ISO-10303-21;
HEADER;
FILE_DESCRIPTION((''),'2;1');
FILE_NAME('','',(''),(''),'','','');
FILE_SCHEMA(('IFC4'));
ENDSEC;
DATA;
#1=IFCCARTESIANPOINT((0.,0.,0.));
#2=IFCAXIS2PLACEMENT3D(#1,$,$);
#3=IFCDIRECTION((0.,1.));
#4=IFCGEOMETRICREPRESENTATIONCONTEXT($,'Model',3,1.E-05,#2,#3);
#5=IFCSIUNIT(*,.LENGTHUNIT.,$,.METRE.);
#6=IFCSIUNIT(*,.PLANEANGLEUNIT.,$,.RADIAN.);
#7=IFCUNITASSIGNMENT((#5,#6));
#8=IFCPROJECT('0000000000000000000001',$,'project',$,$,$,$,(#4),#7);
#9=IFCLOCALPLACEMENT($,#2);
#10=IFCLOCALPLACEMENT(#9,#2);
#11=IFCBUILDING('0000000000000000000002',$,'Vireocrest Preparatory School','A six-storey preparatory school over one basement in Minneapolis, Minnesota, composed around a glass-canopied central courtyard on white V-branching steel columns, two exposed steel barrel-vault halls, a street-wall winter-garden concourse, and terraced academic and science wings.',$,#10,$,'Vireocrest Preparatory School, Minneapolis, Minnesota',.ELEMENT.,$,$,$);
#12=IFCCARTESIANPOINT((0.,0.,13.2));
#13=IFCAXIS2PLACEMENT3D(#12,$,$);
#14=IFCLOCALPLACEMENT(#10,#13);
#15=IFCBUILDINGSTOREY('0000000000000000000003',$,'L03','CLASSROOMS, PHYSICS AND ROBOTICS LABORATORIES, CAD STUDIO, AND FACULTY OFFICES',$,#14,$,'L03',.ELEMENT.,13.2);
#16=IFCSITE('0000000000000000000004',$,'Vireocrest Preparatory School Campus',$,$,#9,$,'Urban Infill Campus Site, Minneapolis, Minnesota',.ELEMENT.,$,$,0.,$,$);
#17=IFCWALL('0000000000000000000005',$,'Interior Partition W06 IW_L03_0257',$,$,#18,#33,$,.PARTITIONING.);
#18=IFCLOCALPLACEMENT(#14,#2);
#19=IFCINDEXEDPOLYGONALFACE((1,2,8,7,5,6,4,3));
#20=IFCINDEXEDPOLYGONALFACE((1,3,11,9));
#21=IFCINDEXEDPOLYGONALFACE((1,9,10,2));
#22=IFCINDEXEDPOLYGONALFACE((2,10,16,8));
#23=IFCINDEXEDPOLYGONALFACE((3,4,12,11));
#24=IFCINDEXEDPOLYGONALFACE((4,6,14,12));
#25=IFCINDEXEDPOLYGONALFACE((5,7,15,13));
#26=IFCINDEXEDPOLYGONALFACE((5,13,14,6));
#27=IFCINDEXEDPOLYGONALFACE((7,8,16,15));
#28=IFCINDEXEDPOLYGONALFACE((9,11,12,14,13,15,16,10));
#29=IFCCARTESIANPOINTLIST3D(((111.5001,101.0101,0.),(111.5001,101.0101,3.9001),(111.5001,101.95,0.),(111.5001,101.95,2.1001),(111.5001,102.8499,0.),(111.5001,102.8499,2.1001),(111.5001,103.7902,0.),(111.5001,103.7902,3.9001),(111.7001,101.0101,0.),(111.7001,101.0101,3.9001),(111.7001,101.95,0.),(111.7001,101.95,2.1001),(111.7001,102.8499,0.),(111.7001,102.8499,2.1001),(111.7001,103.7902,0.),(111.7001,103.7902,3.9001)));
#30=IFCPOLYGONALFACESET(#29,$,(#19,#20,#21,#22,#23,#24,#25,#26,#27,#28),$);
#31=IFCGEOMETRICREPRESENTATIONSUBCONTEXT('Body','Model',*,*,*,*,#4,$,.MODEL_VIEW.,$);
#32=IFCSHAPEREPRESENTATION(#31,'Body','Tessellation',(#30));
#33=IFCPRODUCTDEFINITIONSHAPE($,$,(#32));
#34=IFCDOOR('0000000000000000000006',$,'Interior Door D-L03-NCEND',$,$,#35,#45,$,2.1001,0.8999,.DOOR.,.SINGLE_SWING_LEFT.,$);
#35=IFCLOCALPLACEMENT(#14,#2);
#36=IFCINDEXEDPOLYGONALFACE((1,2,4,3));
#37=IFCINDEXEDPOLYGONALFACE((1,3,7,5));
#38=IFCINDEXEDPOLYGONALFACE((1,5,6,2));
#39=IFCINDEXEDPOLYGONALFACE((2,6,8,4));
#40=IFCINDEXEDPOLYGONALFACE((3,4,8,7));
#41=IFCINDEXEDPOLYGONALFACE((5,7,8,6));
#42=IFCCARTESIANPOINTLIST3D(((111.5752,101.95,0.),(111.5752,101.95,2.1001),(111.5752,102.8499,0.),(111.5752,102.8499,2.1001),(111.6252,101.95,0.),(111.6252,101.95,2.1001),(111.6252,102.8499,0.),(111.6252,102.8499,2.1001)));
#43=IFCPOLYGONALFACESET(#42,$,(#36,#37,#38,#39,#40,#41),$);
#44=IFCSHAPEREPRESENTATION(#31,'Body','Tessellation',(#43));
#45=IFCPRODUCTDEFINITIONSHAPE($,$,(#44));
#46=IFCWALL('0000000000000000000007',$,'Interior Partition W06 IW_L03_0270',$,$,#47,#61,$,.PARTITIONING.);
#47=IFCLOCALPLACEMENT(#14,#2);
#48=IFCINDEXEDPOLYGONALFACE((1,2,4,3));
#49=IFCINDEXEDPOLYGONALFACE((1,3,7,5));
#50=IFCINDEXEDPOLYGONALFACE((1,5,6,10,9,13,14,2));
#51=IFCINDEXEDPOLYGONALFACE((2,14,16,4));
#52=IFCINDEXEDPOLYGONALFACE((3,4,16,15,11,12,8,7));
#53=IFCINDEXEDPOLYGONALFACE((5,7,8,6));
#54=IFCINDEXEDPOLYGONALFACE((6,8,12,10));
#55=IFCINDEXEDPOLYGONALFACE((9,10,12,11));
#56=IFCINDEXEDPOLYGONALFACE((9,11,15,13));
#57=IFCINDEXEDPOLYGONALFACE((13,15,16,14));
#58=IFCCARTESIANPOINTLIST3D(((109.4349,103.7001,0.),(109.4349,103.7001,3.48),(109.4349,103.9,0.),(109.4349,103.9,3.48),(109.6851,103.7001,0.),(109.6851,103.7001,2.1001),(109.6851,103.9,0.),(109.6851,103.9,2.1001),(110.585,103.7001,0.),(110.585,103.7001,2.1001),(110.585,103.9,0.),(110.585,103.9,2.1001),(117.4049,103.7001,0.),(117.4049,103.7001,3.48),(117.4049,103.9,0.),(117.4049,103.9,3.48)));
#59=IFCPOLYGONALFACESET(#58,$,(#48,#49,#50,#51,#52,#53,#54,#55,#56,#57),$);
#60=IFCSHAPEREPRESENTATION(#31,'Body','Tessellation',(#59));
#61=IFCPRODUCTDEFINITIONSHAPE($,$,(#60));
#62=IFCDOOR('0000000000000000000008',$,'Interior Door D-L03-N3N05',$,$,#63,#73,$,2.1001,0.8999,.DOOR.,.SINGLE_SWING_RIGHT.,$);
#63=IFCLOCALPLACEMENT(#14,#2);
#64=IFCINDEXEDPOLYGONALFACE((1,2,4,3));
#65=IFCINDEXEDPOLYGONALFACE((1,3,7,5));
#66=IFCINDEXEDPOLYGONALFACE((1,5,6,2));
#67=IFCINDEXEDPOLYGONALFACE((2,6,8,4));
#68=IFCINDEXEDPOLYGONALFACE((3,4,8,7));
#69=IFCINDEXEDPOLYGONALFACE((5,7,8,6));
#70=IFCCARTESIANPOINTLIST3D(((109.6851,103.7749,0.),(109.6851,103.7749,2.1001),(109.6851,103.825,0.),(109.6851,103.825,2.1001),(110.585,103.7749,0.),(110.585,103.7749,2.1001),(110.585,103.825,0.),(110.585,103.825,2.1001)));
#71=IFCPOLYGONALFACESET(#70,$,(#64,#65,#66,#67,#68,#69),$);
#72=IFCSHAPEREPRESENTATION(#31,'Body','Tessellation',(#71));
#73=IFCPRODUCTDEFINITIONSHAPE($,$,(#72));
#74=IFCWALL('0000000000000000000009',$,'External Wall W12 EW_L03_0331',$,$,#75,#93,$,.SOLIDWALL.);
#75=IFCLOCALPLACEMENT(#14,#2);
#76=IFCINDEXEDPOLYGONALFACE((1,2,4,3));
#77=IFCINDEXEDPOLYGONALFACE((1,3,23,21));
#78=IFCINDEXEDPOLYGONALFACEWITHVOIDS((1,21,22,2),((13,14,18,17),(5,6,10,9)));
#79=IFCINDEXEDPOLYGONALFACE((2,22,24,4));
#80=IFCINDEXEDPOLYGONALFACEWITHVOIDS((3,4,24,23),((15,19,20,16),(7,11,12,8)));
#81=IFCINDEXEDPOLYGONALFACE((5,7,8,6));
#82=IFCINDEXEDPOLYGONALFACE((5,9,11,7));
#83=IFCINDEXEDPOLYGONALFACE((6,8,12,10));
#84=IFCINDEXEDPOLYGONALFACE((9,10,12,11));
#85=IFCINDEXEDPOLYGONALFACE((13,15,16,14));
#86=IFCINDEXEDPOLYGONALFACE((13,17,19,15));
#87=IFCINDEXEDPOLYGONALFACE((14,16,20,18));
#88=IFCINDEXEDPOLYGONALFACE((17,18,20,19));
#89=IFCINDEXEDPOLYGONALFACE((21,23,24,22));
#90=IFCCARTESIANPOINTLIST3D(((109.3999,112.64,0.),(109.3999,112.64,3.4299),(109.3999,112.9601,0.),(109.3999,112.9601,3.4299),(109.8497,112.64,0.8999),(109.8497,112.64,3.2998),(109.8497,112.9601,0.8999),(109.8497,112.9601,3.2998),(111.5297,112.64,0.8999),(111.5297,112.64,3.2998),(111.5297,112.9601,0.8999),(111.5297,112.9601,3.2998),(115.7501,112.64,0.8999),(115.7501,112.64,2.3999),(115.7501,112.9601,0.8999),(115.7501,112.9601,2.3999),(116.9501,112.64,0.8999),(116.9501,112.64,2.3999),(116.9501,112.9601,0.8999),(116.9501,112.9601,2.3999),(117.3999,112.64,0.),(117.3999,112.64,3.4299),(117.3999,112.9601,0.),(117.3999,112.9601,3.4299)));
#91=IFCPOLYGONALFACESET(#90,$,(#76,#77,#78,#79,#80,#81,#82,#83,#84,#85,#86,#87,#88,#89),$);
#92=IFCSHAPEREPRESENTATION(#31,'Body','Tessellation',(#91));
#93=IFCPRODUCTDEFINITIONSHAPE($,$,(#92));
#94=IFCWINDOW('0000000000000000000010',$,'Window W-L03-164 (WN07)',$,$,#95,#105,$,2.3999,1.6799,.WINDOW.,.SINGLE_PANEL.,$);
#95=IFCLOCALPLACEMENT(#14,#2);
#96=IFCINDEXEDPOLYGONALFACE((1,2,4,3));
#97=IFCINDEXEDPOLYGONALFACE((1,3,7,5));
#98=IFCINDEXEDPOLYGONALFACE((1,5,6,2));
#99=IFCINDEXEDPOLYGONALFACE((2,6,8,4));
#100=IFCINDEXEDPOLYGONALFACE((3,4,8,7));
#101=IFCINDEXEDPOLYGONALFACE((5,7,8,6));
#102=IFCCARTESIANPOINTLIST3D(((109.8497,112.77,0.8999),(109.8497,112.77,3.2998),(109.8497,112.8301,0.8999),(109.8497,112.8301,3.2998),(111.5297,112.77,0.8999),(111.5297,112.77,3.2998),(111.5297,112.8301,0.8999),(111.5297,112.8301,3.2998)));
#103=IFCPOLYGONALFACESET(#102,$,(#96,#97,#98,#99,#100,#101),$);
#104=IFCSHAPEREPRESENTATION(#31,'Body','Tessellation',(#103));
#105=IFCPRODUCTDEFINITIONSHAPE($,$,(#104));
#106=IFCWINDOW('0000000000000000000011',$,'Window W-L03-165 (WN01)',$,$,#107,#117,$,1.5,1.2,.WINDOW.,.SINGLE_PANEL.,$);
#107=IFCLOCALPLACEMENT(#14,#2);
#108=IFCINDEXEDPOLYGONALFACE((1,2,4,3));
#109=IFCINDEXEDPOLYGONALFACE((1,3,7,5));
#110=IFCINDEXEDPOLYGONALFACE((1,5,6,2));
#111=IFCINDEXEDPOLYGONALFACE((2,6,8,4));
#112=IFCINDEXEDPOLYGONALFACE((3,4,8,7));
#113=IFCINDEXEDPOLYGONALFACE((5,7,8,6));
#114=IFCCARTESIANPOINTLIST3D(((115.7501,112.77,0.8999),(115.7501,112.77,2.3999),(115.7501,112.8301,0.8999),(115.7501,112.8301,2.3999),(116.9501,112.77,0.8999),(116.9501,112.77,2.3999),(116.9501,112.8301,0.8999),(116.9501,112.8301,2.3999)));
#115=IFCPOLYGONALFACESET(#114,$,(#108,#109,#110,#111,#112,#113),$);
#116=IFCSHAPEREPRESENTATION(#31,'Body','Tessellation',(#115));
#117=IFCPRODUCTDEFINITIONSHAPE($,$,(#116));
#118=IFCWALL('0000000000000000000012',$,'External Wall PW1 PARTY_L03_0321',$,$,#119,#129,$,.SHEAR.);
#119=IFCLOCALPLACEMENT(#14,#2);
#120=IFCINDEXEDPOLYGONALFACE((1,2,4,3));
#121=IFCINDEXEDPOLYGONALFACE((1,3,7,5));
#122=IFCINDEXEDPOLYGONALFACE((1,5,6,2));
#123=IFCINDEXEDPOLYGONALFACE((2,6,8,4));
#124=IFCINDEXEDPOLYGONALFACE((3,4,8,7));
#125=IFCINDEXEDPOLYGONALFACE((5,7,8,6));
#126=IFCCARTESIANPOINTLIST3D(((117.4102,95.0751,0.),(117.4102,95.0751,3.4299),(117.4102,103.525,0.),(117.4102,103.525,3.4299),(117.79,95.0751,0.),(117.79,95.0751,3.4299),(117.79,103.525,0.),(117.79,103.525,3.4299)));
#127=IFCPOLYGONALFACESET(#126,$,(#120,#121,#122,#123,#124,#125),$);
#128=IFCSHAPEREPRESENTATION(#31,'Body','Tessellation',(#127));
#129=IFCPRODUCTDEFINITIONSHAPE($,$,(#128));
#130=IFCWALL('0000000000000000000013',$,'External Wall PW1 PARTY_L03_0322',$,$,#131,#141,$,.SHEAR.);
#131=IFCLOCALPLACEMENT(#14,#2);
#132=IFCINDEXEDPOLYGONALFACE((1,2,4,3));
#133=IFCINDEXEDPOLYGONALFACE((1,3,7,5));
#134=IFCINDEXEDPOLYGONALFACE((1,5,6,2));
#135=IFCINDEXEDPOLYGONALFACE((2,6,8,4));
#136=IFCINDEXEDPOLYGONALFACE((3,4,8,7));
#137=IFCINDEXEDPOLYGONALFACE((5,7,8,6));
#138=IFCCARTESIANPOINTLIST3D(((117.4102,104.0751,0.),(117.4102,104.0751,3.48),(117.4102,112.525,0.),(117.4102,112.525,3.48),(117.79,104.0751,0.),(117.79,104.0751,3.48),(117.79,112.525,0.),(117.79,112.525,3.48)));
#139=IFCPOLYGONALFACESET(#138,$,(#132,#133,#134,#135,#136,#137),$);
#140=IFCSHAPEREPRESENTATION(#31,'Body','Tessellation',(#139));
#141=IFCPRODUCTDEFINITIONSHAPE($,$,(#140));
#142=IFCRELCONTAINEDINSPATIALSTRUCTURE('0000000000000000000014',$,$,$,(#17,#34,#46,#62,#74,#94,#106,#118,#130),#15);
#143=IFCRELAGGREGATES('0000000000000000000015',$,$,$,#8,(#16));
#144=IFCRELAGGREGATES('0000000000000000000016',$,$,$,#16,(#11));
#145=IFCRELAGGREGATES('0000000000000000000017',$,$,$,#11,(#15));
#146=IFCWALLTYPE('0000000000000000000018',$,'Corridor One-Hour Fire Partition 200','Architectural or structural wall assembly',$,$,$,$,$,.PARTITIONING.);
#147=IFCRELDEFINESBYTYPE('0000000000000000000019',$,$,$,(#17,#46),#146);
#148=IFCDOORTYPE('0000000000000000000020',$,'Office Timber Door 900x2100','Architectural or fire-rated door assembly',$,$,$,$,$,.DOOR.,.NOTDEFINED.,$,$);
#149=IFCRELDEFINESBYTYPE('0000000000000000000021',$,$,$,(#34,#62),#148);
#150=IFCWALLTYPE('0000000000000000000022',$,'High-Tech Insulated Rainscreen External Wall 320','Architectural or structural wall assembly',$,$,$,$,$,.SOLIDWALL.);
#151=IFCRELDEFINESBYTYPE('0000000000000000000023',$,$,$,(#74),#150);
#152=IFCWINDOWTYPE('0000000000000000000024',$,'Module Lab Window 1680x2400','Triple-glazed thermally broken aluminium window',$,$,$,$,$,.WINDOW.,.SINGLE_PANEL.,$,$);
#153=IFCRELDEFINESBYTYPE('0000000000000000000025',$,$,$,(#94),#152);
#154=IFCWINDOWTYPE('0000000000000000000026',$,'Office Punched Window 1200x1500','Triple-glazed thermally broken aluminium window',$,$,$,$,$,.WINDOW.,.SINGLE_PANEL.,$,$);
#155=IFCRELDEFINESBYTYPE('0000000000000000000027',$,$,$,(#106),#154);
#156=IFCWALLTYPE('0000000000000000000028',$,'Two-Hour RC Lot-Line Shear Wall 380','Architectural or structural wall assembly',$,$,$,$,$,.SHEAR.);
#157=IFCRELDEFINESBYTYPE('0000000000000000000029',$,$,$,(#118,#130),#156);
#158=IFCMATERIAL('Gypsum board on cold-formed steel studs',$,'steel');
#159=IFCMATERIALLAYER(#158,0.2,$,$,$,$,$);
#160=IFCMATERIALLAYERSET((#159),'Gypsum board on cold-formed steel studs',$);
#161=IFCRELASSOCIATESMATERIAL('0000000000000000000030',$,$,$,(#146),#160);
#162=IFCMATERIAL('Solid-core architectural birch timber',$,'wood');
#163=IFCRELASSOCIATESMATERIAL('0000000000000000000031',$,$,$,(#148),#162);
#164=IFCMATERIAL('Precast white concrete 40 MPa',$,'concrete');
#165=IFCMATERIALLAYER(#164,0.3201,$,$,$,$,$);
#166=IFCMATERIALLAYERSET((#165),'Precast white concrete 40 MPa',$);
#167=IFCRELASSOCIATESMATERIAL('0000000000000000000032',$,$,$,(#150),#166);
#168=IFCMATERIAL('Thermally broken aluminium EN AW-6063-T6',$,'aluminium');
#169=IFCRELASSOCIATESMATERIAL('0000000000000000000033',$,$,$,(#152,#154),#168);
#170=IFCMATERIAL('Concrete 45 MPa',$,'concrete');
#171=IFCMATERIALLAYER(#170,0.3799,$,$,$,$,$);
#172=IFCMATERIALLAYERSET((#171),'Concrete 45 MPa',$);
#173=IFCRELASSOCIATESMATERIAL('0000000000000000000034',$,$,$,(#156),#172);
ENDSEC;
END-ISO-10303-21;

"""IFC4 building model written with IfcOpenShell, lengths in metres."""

from ifc_helpers import new_model, si_unit, direction, frame, frame_2d, origin, place, context, subcontext, project, spatial, rectangle, extrude, material, layer, layer_set, type_object, element, fill, save


model = new_model("IFC4")

# Units and contexts
model_context = context("Model", 3, precision=1e-05, world=origin(), true_north=direction((0.0, 1.0)))
body_context = subcontext(model_context, "Body", "Model", "MODEL_VIEW")
ifc_project = project(units=[si_unit("LENGTHUNIT", "METRE"), si_unit("PLANEANGLEUNIT", "RADIAN")], contexts=[model_context])

# Site, building, storey
site_placement = place(None, origin())
site = spatial("IfcSite", under=ifc_project, at=site_placement, Name="Vireocrest Preparatory School Campus", LongName="Urban Infill Campus Site, Minneapolis, Minnesota", CompositionType="ELEMENT", RefElevation=0.0)
building_placement = place(site_placement, origin())
building = spatial("IfcBuilding", under=site, at=building_placement, Name="Vireocrest Preparatory School", Description="A six-storey preparatory school over one basement in Minneapolis, Minnesota, composed around a glass-canopied central courtyard on white V-branching steel columns, two exposed steel barrel-vault halls, a street-wall winter-garden concourse, and terraced academic and science wings.", LongName="Vireocrest Preparatory School, Minneapolis, Minnesota", CompositionType="ELEMENT")
storey_placement = place(building_placement, frame((0.0, 0.0, 13.2)))
storey = spatial("IfcBuildingStorey", under=building, at=storey_placement, Name="L03", Description="CLASSROOMS, PHYSICS AND ROBOTICS LABORATORIES, CAD STUDIO, AND FACULTY OFFICES", LongName="L03", CompositionType="ELEMENT", Elevation=13.2)

# Shared definitions
ifc_material_1 = material(Name="Concrete 45 MPa", Category="concrete")

# Shared definitions
ifc_material_2 = material(Name="Thermally broken aluminium EN AW-6063-T6", Category="aluminium")

# Walls, openings, doors
ifc_material_3 = material(Name="Gypsum board on cold-formed steel studs", Category="steel")
ifc_layer_1 = layer(ifc_material_3, 0.2)
ifc_layer_set_1 = layer_set([ifc_layer_1], Name="Gypsum board on cold-formed steel studs")
wall_type_1 = type_object("IfcWallType", Name="Corridor One-Hour Fire Partition 200", Description="Architectural or structural wall assembly", PredefinedType="PARTITIONING", material=ifc_layer_set_1)
wall_1_placement = place(storey_placement, frame((111.6001, 101.01, 0.0), z_axis=(0.0, 0.0, 1.0), x_axis=(0.0, 1.0, 0.0)))
wall_1 = element("IfcWall", 1, at=wall_1_placement, inside=storey, type_object=wall_type_1, Name="Interior Partition W06 IW_L03_0257", PredefinedType="PARTITIONING", context=body_context, shape_type="SweptSolid", body=[
    extrude(rectangle(XDim=2.78, YDim=0.2, at=frame_2d((1.3901, 0.0))), origin(), (0.0, 0.0, 1.0), 3.9001),
])
opening_1_placement = place(wall_1_placement, frame((0.9399, 0.0, 0.0)))
opening_1 = element("IfcOpeningElement", 2, at=opening_1_placement, cuts=wall_1, PredefinedType="OPENING", context=body_context, shape_type="SweptSolid", body=[
    extrude(rectangle(XDim=0.8999, YDim=2.1001, at=frame_2d((0.45, 1.05))), frame((0.0, 0.1099, 0.0), z_axis=(0.0, -1.0, 0.0), x_axis=(1.0, 0.0, 0.0)), (0.0, 0.0, 1.0), 0.22),
])
ifc_material_4 = material(Name="Solid-core architectural birch timber", Category="wood")
door_type = type_object("IfcDoorType", Name="Office Timber Door 900x2100", Description="Architectural or fire-rated door assembly", OperationType="NOTDEFINED", PredefinedType="DOOR", material=ifc_material_4)
door_1_placement = place(opening_1_placement, origin())
door_1 = element("IfcDoor", 3, at=door_1_placement, inside=storey, type_object=door_type, Name="Interior Door D-L03-NCEND", OperationType="SINGLE_SWING_LEFT", OverallHeight=2.1001, OverallWidth=0.8999, PredefinedType="DOOR", context=body_context, shape_type="SweptSolid", body=[
    extrude(rectangle(XDim=0.8999, YDim=2.1001, at=frame_2d((0.45, 1.05))), frame((0.0, 0.0249, 0.0), z_axis=(0.0, -1.0, 0.0), x_axis=(1.0, 0.0, 0.0)), (0.0, 0.0, 1.0), 0.05),
])
fill(opening_1, door_1)
wall_2_placement = place(storey_placement, frame((109.4351, 103.8, 0.0), z_axis=(0.0, 0.0, 1.0), x_axis=(1.0, 0.0, 0.0)))
wall_2 = element("IfcWall", 4, at=wall_2_placement, inside=storey, type_object=wall_type_1, Name="Interior Partition W06 IW_L03_0270", PredefinedType="PARTITIONING", context=body_context, shape_type="SweptSolid", body=[
    extrude(rectangle(XDim=7.97, YDim=0.2, at=frame_2d((3.9849, 0.0))), origin(), (0.0, 0.0, 1.0), 3.48),
])
opening_2_placement = place(wall_2_placement, frame((0.25, 0.0, 0.0)))
opening_2 = element("IfcOpeningElement", 5, at=opening_2_placement, cuts=wall_2, PredefinedType="OPENING", context=body_context, shape_type="SweptSolid", body=[
    extrude(rectangle(XDim=0.8999, YDim=2.1001, at=frame_2d((0.45, 1.05))), frame((0.0, 0.1099, 0.0), z_axis=(0.0, -1.0, 0.0), x_axis=(1.0, 0.0, 0.0)), (0.0, 0.0, 1.0), 0.22),
])
door_2_placement = place(opening_2_placement, origin())
door_2 = element("IfcDoor", 6, at=door_2_placement, inside=storey, type_object=door_type, Name="Interior Door D-L03-N3N05", OperationType="SINGLE_SWING_RIGHT", OverallHeight=2.1001, OverallWidth=0.8999, PredefinedType="DOOR", context=body_context, shape_type="SweptSolid", body=[
    extrude(rectangle(XDim=0.8999, YDim=2.1001, at=frame_2d((0.45, 1.05))), frame((0.0, 0.0249, 0.0), z_axis=(0.0, -1.0, 0.0), x_axis=(1.0, 0.0, 0.0)), (0.0, 0.0, 1.0), 0.05),
])
fill(opening_2, door_2)

# Wall, openings, windows
ifc_material_5 = material(Name="Precast white concrete 40 MPa", Category="concrete")
ifc_layer_2 = layer(ifc_material_5, 0.3201)
ifc_layer_set_2 = layer_set([ifc_layer_2], Name="Precast white concrete 40 MPa")
wall_type_2 = type_object("IfcWallType", Name="High-Tech Insulated Rainscreen External Wall 320", Description="Architectural or structural wall assembly", PredefinedType="SOLIDWALL", material=ifc_layer_set_2)
wall_3_placement = place(storey_placement, frame((109.3999, 112.8, 0.0), z_axis=(0.0, 0.0, 1.0), x_axis=(1.0, 0.0, 0.0)))
wall_3 = element("IfcWall", 7, at=wall_3_placement, inside=storey, type_object=wall_type_2, Name="External Wall W12 EW_L03_0331", PredefinedType="SOLIDWALL", context=body_context, shape_type="SweptSolid", body=[
    extrude(rectangle(XDim=8.0, YDim=0.3201, at=frame_2d((4.0, 0.0))), origin(), (0.0, 0.0, 1.0), 3.4299),
])
opening_3_placement = place(wall_3_placement, frame((0.45, 0.0, 0.8999)))
opening_3 = element("IfcOpeningElement", 8, at=opening_3_placement, cuts=wall_3, PredefinedType="OPENING", context=body_context, shape_type="SweptSolid", body=[
    extrude(rectangle(XDim=1.6799, YDim=2.3999, at=frame_2d((0.8398, 1.2))), frame((0.0, 0.1699, 0.0), z_axis=(0.0, -1.0, 0.0), x_axis=(1.0, 0.0, 0.0)), (0.0, 0.0, 1.0), 0.3401),
])
opening_4_placement = place(wall_3_placement, frame((6.3501, 0.0, 0.8999)))
opening_4 = element("IfcOpeningElement", 9, at=opening_4_placement, cuts=wall_3, PredefinedType="OPENING", context=body_context, shape_type="SweptSolid", body=[
    extrude(rectangle(XDim=1.2, YDim=1.5, at=frame_2d((0.6001, 0.75))), frame((0.0, 0.1699, 0.0), z_axis=(0.0, -1.0, 0.0), x_axis=(1.0, 0.0, 0.0)), (0.0, 0.0, 1.0), 0.3401),
])
window_type_1 = type_object("IfcWindowType", Name="Module Lab Window 1680x2400", Description="Triple-glazed thermally broken aluminium window", PartitioningType="SINGLE_PANEL", PredefinedType="WINDOW", material=ifc_material_2)
window_1_placement = place(opening_3_placement, origin())
window_1 = element("IfcWindow", 10, at=window_1_placement, inside=storey, type_object=window_type_1, Name="Window W-L03-164 (WN07)", OverallHeight=2.3999, OverallWidth=1.6799, PartitioningType="SINGLE_PANEL", PredefinedType="WINDOW", context=body_context, shape_type="SweptSolid", body=[
    extrude(rectangle(XDim=1.6799, YDim=2.3999, at=frame_2d((0.8398, 1.2))), frame((0.0, 0.03, 0.0), z_axis=(0.0, -1.0, 0.0), x_axis=(1.0, 0.0, 0.0)), (0.0, 0.0, 1.0), 0.0601),
])
fill(opening_3, window_1)
window_type_2 = type_object("IfcWindowType", Name="Office Punched Window 1200x1500", Description="Triple-glazed thermally broken aluminium window", PartitioningType="SINGLE_PANEL", PredefinedType="WINDOW", material=ifc_material_2)
window_2_placement = place(opening_4_placement, origin())
window_2 = element("IfcWindow", 11, at=window_2_placement, inside=storey, type_object=window_type_2, Name="Window W-L03-165 (WN01)", OverallHeight=1.5, OverallWidth=1.2, PartitioningType="SINGLE_PANEL", PredefinedType="WINDOW", context=body_context, shape_type="SweptSolid", body=[
    extrude(rectangle(XDim=1.2, YDim=1.5, at=frame_2d((0.6001, 0.75))), frame((0.0, 0.03, 0.0), z_axis=(0.0, -1.0, 0.0), x_axis=(1.0, 0.0, 0.0)), (0.0, 0.0, 1.0), 0.0601),
])
fill(opening_4, window_2)

# Walls
ifc_layer_3 = layer(ifc_material_1, 0.3799)
ifc_layer_set_3 = layer_set([ifc_layer_3], Name="Concrete 45 MPa")
wall_type_3 = type_object("IfcWallType", Name="Two-Hour RC Lot-Line Shear Wall 380", Description="Architectural or structural wall assembly", PredefinedType="SHEAR", material=ifc_layer_set_3)
wall_4_placement = place(storey_placement, frame((117.6001, 95.075, 0.0), z_axis=(0.0, 0.0, 1.0), x_axis=(0.0, 1.0, 0.0)))
element("IfcWall", 12, at=wall_4_placement, inside=storey, type_object=wall_type_3, Name="External Wall PW1 PARTY_L03_0321", PredefinedType="SHEAR", context=body_context, shape_type="SweptSolid", body=[
    extrude(rectangle(XDim=8.45, YDim=0.3799, at=frame_2d((4.2251, 0.0))), origin(), (0.0, 0.0, 1.0), 3.4299),
])
wall_5_placement = place(storey_placement, frame((117.6001, 104.075, 0.0), z_axis=(0.0, 0.0, 1.0), x_axis=(0.0, 1.0, 0.0)))
element("IfcWall", 13, at=wall_5_placement, inside=storey, type_object=wall_type_3, Name="External Wall PW1 PARTY_L03_0322", PredefinedType="SHEAR", context=body_context, shape_type="SweptSolid", body=[
    extrude(rectangle(XDim=8.45, YDim=0.3799, at=frame_2d((4.2251, 0.0))), origin(), (0.0, 0.0, 1.0), 3.48),
])

save(model, "model.ifc")
